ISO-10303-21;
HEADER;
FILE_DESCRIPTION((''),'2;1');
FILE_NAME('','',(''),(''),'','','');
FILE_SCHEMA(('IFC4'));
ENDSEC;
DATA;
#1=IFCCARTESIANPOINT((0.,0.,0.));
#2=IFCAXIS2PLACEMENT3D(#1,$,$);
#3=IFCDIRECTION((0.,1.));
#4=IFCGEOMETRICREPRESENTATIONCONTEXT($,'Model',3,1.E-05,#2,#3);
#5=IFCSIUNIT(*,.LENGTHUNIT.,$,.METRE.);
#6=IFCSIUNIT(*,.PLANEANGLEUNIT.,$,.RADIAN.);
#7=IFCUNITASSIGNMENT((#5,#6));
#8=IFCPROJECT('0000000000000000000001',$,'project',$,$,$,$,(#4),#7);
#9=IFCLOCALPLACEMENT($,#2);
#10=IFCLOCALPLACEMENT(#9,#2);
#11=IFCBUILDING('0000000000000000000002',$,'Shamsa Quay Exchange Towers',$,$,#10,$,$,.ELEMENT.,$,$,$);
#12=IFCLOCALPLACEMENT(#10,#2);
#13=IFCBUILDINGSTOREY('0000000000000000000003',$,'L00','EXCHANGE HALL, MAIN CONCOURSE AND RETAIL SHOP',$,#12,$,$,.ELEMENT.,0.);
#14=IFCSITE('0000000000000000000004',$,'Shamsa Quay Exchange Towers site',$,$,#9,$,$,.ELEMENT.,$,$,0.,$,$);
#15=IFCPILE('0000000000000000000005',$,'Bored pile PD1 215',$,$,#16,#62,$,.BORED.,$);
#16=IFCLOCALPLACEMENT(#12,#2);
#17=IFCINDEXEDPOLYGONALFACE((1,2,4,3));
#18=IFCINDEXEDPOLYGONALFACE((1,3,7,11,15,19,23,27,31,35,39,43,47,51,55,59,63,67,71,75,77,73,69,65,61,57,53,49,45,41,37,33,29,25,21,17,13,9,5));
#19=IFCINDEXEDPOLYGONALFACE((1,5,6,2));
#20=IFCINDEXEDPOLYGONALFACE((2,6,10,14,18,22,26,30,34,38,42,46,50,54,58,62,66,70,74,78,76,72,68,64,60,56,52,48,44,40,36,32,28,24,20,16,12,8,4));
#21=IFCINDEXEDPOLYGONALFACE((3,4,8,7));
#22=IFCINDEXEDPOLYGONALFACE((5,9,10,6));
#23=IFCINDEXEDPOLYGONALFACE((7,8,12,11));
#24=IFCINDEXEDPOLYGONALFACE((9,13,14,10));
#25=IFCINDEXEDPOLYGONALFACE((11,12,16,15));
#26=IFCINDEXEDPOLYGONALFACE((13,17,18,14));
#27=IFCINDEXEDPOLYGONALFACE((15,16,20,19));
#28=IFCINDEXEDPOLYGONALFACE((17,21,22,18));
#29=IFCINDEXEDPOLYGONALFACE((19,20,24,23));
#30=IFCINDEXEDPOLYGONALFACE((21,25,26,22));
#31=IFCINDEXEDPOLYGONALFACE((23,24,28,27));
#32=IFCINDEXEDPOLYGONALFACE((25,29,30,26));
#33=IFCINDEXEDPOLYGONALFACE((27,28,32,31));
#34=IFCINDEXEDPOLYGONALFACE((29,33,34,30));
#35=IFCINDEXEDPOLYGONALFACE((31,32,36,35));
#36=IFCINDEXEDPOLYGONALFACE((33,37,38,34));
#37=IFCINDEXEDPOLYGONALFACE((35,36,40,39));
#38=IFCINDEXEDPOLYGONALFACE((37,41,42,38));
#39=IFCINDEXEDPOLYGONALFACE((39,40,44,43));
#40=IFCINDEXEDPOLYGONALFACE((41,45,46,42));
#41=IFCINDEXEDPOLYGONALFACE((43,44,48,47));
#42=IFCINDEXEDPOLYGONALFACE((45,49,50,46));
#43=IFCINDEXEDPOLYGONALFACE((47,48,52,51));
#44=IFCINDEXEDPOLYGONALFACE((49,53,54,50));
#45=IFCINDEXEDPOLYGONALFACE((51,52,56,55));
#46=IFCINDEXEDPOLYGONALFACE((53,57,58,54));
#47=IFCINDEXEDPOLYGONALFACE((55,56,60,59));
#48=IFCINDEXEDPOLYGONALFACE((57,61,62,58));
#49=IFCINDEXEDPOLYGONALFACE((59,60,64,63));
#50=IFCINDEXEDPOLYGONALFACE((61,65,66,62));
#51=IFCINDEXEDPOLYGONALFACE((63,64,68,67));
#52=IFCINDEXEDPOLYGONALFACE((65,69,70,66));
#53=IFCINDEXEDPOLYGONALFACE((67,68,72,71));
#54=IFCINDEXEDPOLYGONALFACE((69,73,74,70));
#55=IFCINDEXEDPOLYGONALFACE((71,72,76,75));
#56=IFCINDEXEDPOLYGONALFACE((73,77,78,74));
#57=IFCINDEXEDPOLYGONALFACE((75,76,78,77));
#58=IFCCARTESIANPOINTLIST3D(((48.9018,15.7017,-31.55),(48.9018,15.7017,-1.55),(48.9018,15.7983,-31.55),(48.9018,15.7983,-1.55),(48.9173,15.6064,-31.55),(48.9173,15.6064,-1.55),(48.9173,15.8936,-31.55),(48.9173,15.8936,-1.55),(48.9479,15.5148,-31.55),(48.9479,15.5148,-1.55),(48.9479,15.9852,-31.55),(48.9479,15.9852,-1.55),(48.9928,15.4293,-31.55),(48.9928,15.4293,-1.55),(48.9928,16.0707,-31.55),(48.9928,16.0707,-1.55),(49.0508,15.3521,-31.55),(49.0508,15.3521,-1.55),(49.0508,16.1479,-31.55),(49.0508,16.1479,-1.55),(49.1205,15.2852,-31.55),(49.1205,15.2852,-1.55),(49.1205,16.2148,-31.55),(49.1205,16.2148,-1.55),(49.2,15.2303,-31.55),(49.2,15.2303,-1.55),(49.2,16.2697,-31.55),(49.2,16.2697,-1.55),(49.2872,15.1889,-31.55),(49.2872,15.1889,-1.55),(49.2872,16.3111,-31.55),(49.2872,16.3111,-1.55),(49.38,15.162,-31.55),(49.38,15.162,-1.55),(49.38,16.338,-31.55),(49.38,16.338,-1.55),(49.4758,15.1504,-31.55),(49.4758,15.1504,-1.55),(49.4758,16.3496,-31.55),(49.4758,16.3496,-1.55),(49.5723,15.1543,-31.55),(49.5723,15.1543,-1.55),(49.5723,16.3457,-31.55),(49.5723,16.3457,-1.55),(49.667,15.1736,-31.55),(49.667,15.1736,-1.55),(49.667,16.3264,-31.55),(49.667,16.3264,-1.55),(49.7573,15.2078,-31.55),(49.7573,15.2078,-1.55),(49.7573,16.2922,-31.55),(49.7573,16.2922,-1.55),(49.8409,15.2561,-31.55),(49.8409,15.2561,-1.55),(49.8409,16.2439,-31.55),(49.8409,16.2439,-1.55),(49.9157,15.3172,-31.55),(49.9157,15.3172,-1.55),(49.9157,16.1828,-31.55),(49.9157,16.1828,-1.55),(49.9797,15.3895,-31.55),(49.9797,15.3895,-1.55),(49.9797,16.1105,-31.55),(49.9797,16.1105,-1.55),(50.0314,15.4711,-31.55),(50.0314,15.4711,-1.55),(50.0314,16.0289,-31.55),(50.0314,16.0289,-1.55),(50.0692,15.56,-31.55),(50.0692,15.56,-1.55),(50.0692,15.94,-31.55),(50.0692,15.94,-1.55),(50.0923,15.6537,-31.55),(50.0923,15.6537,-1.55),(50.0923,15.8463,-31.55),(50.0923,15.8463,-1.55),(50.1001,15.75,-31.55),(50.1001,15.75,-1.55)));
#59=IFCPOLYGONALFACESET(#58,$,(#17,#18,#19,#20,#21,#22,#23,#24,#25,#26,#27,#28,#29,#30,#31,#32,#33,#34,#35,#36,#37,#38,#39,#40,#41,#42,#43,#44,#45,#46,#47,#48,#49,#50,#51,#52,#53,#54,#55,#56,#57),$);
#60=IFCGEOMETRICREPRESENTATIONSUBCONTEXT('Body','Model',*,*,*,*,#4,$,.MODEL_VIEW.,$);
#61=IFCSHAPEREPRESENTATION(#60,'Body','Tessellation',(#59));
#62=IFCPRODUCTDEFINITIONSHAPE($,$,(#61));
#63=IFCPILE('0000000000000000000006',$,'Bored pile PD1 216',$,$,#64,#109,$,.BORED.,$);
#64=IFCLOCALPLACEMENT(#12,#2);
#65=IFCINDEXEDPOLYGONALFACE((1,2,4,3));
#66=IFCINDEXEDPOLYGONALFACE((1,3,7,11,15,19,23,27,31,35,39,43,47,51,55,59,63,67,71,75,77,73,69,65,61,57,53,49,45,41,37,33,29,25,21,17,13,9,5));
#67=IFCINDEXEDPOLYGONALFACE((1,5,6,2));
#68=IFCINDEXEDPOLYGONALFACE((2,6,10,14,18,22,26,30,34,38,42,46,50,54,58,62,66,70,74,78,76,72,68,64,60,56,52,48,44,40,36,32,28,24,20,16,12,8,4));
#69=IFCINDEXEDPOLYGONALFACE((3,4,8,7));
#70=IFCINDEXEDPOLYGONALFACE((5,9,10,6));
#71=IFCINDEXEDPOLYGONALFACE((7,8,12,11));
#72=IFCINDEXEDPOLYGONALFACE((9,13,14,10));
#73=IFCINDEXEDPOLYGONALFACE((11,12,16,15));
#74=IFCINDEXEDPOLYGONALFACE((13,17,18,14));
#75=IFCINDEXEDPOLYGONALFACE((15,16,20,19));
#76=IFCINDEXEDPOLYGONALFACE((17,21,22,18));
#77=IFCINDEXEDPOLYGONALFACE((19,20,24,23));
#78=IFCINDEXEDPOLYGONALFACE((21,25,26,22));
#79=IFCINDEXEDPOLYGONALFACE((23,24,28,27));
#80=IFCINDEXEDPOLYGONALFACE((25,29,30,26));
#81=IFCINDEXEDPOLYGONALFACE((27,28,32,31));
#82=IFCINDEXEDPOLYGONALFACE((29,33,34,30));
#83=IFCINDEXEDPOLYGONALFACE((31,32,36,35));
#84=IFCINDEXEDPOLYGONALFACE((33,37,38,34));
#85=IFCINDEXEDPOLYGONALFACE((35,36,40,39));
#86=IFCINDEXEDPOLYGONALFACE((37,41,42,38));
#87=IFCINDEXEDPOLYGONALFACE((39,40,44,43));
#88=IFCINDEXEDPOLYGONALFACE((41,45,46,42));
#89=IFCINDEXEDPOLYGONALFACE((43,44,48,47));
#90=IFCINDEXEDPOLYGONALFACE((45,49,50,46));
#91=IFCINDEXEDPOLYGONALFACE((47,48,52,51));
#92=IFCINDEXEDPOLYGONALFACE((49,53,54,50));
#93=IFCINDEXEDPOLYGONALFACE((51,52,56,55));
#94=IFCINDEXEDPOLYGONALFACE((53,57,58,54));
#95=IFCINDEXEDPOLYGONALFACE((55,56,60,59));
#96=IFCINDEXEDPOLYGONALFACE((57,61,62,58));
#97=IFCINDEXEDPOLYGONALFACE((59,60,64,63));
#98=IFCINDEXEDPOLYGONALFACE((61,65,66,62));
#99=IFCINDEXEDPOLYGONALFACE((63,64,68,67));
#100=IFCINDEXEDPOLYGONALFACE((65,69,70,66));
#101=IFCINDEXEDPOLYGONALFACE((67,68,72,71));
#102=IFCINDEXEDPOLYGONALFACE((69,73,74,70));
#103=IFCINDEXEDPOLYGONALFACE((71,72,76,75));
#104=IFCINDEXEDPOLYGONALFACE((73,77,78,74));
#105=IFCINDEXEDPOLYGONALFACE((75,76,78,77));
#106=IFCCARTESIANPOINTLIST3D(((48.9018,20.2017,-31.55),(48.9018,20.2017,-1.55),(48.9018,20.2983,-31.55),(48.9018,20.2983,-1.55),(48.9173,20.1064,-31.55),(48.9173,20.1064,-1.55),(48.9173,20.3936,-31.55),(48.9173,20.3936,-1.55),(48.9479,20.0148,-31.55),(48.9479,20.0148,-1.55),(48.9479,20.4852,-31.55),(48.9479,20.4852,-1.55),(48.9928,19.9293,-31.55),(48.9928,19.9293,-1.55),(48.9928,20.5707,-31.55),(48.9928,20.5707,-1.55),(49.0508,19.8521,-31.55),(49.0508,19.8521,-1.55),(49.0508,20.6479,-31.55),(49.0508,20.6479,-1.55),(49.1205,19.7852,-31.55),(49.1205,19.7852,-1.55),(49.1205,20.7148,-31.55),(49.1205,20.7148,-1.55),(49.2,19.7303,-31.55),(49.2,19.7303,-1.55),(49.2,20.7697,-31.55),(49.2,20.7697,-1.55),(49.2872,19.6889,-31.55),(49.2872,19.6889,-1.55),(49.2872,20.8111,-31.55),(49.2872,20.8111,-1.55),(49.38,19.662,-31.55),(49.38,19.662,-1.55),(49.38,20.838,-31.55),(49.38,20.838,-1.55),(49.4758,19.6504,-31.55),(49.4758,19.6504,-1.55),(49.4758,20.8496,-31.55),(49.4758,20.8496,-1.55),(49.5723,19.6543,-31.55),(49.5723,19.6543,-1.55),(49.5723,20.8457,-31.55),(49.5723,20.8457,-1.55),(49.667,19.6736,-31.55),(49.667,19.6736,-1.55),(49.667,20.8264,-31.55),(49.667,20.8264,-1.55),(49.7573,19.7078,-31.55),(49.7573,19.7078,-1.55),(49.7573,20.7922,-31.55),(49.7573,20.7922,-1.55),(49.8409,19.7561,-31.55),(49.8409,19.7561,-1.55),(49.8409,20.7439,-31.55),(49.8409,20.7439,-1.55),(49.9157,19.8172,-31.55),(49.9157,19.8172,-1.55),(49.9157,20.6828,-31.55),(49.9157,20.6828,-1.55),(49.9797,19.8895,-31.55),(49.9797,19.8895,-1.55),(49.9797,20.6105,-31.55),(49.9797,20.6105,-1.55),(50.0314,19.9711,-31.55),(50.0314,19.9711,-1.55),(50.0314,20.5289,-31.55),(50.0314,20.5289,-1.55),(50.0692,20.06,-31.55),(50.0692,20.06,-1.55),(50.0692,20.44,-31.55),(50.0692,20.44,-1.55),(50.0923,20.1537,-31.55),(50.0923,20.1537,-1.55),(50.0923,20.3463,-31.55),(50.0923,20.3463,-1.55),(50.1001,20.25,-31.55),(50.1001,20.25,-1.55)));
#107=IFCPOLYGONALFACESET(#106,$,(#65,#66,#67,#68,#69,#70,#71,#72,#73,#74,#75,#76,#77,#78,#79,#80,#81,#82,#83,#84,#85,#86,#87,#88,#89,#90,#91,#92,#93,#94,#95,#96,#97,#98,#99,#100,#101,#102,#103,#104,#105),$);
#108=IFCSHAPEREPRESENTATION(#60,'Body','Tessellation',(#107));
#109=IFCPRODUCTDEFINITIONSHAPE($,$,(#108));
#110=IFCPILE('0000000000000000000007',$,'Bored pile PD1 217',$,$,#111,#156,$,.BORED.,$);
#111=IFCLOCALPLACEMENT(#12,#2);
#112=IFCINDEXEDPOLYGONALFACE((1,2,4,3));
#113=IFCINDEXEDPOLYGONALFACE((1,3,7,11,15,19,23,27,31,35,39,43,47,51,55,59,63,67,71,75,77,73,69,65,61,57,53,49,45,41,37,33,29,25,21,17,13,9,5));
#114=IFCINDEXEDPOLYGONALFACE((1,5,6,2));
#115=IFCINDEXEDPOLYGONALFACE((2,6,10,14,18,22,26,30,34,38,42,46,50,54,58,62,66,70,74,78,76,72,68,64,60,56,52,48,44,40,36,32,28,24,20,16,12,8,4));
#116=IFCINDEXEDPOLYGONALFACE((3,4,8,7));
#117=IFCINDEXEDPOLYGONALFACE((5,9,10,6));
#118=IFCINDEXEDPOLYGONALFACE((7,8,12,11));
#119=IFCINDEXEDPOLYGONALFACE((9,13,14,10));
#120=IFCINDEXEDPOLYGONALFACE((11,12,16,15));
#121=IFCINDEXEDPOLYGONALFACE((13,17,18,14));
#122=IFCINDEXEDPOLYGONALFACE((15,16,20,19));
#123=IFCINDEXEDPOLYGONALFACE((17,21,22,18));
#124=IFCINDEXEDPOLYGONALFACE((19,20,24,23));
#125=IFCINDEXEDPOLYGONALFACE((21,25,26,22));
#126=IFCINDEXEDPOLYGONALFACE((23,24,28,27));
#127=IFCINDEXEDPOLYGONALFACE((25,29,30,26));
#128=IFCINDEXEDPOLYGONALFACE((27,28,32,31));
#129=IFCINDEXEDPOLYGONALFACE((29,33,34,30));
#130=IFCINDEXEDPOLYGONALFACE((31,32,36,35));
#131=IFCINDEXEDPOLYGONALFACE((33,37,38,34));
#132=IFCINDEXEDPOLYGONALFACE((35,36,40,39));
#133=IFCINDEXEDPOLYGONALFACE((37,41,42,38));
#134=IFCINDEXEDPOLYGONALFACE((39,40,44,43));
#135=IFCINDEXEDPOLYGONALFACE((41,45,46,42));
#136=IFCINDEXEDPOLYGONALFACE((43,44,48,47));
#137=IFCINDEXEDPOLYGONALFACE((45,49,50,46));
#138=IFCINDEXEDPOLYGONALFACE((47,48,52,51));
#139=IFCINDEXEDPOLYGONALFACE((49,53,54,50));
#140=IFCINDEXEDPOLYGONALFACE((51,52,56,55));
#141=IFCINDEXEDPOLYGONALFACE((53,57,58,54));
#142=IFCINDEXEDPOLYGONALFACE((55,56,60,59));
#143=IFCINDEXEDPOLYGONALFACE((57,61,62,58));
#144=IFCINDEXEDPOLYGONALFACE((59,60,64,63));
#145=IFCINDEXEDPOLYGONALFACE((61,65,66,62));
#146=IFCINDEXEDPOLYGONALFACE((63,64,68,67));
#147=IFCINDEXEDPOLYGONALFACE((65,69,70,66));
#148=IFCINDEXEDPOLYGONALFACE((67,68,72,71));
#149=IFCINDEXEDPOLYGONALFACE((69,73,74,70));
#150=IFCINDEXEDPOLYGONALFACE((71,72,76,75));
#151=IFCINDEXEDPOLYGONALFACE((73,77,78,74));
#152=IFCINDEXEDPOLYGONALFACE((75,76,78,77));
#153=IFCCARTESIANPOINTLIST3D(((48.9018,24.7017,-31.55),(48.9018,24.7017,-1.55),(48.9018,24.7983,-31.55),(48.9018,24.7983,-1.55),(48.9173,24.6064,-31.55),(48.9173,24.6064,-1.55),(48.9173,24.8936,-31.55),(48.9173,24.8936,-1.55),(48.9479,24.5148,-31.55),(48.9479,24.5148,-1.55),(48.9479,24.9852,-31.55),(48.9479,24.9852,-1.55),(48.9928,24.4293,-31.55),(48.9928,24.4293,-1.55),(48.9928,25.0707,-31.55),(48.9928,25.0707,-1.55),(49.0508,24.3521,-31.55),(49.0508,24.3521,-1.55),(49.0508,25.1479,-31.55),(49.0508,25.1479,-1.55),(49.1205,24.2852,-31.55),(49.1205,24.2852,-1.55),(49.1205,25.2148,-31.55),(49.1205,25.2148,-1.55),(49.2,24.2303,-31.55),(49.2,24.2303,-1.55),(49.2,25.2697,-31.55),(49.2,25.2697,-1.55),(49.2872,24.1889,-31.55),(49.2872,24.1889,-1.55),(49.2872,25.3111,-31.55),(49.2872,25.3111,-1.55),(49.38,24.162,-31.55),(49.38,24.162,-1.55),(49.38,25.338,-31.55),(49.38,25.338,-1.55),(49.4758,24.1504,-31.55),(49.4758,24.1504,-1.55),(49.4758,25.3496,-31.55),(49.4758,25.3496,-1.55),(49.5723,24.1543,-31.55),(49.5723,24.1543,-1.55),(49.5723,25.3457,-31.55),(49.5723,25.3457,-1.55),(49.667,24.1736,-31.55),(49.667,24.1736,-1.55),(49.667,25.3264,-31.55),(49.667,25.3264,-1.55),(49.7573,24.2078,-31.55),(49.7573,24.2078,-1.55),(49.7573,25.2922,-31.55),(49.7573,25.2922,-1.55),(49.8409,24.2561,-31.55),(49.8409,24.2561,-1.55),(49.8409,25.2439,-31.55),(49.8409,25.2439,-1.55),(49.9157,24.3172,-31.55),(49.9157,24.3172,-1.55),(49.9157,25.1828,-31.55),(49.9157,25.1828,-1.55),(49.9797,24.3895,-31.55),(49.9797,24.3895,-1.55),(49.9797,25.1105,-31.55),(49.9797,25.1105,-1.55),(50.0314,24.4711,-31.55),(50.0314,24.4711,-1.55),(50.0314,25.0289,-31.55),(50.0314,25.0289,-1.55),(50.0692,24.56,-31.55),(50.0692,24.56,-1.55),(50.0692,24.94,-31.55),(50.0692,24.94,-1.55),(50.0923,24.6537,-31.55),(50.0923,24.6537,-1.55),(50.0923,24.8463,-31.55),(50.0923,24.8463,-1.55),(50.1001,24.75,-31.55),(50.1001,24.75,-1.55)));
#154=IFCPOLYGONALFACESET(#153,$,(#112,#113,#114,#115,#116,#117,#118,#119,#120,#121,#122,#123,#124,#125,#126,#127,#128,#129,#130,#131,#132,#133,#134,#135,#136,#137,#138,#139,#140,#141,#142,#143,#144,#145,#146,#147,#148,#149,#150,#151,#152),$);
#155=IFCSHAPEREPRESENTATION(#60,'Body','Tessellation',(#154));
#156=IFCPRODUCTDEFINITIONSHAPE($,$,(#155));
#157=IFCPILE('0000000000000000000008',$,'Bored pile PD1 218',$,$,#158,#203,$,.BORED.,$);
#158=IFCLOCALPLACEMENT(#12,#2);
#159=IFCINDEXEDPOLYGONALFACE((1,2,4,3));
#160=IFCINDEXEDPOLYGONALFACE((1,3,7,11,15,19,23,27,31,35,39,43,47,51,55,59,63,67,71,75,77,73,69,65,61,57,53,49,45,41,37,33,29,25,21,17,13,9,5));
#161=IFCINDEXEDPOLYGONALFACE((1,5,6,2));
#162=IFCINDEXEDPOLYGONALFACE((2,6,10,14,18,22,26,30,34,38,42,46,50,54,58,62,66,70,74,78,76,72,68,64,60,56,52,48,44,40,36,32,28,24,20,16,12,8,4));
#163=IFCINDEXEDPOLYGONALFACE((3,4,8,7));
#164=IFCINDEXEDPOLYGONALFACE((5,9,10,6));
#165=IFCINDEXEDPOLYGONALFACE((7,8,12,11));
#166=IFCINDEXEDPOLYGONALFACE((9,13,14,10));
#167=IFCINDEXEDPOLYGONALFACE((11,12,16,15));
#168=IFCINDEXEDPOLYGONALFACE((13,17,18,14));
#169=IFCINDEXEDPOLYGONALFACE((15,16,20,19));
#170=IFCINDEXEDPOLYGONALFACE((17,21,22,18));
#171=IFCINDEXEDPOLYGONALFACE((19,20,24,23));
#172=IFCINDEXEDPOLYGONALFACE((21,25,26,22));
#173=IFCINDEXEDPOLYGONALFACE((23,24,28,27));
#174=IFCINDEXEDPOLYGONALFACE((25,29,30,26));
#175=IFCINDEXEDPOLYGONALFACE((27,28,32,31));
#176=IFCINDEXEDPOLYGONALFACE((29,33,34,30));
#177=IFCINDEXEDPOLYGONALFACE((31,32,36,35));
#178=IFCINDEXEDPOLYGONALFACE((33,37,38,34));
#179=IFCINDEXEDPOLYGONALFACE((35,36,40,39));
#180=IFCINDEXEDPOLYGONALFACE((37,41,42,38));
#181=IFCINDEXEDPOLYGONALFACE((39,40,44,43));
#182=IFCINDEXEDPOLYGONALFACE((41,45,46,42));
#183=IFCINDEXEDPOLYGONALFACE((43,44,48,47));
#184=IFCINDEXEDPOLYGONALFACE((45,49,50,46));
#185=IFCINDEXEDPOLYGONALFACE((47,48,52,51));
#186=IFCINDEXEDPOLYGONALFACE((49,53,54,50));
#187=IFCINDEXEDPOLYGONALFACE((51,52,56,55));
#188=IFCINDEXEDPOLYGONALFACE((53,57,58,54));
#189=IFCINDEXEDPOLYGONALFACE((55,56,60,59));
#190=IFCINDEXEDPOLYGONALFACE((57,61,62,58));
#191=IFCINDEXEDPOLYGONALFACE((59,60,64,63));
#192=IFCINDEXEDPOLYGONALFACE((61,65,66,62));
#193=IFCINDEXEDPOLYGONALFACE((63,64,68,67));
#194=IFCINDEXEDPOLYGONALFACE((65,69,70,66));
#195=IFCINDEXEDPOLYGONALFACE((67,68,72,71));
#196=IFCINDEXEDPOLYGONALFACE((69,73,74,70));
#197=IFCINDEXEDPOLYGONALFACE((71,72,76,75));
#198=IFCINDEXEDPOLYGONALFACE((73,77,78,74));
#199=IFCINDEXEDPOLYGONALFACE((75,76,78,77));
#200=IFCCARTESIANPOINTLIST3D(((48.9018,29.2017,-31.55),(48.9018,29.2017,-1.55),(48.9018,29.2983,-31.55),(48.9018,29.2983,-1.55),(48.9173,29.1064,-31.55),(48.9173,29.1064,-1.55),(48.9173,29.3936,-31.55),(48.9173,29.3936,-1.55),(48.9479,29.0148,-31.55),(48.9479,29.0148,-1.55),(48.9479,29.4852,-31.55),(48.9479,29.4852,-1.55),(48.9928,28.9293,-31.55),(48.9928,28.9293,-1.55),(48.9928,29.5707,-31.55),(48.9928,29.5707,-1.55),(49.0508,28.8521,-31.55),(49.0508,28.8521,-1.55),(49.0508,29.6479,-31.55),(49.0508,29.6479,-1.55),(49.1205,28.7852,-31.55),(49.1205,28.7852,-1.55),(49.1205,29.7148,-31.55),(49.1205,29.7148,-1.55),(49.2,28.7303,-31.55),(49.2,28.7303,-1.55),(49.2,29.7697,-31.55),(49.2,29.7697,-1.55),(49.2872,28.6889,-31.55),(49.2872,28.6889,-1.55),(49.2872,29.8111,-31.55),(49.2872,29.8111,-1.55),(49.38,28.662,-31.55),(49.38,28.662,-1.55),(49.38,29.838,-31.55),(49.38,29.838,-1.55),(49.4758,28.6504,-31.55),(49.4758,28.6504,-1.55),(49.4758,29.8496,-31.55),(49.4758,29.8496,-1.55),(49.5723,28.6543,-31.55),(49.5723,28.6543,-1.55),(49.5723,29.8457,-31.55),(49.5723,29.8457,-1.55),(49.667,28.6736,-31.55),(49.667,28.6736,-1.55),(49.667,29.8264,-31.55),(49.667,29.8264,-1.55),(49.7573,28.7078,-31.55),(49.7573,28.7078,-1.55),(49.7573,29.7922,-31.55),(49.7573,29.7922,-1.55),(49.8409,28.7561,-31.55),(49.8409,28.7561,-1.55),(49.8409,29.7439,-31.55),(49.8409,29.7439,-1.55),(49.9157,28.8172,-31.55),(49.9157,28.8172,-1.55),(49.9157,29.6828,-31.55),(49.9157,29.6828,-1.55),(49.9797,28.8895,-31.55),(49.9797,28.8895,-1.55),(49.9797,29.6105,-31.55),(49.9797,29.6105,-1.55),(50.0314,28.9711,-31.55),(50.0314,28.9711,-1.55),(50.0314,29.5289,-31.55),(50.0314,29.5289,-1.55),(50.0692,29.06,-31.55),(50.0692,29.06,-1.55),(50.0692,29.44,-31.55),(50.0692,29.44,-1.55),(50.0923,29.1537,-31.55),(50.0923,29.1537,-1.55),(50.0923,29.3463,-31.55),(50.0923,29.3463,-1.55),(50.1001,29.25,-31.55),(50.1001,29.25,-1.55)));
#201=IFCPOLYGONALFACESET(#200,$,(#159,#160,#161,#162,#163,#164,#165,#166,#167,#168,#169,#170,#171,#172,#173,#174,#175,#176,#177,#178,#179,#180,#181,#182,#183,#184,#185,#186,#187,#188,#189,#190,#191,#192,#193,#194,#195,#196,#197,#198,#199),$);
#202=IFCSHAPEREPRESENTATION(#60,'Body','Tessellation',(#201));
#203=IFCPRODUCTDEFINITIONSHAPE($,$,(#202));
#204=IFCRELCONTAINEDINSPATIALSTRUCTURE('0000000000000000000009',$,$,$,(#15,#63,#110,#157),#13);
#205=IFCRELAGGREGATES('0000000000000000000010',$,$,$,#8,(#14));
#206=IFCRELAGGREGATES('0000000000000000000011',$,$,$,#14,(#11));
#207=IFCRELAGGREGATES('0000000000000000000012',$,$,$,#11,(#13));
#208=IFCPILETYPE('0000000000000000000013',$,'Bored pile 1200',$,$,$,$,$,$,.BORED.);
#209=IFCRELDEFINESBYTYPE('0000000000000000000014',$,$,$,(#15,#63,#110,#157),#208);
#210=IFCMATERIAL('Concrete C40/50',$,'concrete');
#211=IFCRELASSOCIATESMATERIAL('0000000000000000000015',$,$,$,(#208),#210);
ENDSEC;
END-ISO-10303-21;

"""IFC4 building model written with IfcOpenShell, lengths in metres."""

from ifc_helpers import new_model, si_unit, direction, frame, origin, origin_2d, place, context, subcontext, project, spatial, circle, extrude, material, material_profile, profile_set, type_object, element, save


model = new_model("IFC4")

# Units and contexts
model_context = context("Model", 3, precision=1e-05, world=origin(), true_north=direction((0.0, 1.0)))
body_context = subcontext(model_context, "Body", "Model", "MODEL_VIEW")
ifc_project = project(units=[si_unit("LENGTHUNIT", "METRE"), si_unit("PLANEANGLEUNIT", "RADIAN")], contexts=[model_context])

# Site, building, storey
site_placement = place(None, origin())
site = spatial("IfcSite", under=ifc_project, at=site_placement, Name="Shamsa Quay Exchange Towers site", CompositionType="ELEMENT", RefElevation=0.0)
building_placement = place(site_placement, origin())
building = spatial("IfcBuilding", under=site, at=building_placement, Name="Shamsa Quay Exchange Towers", CompositionType="ELEMENT")
storey_placement = place(building_placement, origin())
storey = spatial("IfcBuildingStorey", under=building, at=storey_placement, Name="L00", Description="EXCHANGE HALL, MAIN CONCOURSE AND RETAIL SHOP", CompositionType="ELEMENT", Elevation=0.0)

# Piles
ifc_material_1 = material(Name="Concrete C40/50", Category="concrete")
ifc_material_profile_1 = material_profile(ifc_material_1, circle(Radius=0.6001, at=origin_2d()), Name="BP1200")
ifc_profile_set_1 = profile_set([ifc_material_profile_1], Name="Concrete C40/50")
pile_type = type_object("IfcPileType", Name="Bored pile 1200", PredefinedType="BORED", material=ifc_profile_set_1)
for number, where, z_axis, x_axis, name in (
    (1, (49.5, 15.75, -1.55), (0.0, 0.0, -1.0), (1.0, 0.0, 0.0), "Bored pile PD1 215"),
    (2, (49.5, 20.25, -1.55), (0.0, 0.0, -1.0), (1.0, 0.0, 0.0), "Bored pile PD1 216"),
    (3, (49.5, 24.75, -1.55), (0.0, 0.0, -1.0), (1.0, 0.0, 0.0), "Bored pile PD1 217"),
    (4, (49.5, 29.25, -1.55), (0.0, 0.0, -1.0), (1.0, 0.0, 0.0), "Bored pile PD1 218"),
):
    element("IfcPile", number, at=place(storey_placement, frame(where, z_axis=z_axis, x_axis=x_axis)), inside=storey, type_object=pile_type, Name=name, PredefinedType="BORED", context=body_context, shape_type="SweptSolid", body=[
        extrude(circle(Radius=0.6001, at=origin_2d()), origin(), (0.0, 0.0, 1.0), 30.0),
    ])

save(model, "model.ifc")
